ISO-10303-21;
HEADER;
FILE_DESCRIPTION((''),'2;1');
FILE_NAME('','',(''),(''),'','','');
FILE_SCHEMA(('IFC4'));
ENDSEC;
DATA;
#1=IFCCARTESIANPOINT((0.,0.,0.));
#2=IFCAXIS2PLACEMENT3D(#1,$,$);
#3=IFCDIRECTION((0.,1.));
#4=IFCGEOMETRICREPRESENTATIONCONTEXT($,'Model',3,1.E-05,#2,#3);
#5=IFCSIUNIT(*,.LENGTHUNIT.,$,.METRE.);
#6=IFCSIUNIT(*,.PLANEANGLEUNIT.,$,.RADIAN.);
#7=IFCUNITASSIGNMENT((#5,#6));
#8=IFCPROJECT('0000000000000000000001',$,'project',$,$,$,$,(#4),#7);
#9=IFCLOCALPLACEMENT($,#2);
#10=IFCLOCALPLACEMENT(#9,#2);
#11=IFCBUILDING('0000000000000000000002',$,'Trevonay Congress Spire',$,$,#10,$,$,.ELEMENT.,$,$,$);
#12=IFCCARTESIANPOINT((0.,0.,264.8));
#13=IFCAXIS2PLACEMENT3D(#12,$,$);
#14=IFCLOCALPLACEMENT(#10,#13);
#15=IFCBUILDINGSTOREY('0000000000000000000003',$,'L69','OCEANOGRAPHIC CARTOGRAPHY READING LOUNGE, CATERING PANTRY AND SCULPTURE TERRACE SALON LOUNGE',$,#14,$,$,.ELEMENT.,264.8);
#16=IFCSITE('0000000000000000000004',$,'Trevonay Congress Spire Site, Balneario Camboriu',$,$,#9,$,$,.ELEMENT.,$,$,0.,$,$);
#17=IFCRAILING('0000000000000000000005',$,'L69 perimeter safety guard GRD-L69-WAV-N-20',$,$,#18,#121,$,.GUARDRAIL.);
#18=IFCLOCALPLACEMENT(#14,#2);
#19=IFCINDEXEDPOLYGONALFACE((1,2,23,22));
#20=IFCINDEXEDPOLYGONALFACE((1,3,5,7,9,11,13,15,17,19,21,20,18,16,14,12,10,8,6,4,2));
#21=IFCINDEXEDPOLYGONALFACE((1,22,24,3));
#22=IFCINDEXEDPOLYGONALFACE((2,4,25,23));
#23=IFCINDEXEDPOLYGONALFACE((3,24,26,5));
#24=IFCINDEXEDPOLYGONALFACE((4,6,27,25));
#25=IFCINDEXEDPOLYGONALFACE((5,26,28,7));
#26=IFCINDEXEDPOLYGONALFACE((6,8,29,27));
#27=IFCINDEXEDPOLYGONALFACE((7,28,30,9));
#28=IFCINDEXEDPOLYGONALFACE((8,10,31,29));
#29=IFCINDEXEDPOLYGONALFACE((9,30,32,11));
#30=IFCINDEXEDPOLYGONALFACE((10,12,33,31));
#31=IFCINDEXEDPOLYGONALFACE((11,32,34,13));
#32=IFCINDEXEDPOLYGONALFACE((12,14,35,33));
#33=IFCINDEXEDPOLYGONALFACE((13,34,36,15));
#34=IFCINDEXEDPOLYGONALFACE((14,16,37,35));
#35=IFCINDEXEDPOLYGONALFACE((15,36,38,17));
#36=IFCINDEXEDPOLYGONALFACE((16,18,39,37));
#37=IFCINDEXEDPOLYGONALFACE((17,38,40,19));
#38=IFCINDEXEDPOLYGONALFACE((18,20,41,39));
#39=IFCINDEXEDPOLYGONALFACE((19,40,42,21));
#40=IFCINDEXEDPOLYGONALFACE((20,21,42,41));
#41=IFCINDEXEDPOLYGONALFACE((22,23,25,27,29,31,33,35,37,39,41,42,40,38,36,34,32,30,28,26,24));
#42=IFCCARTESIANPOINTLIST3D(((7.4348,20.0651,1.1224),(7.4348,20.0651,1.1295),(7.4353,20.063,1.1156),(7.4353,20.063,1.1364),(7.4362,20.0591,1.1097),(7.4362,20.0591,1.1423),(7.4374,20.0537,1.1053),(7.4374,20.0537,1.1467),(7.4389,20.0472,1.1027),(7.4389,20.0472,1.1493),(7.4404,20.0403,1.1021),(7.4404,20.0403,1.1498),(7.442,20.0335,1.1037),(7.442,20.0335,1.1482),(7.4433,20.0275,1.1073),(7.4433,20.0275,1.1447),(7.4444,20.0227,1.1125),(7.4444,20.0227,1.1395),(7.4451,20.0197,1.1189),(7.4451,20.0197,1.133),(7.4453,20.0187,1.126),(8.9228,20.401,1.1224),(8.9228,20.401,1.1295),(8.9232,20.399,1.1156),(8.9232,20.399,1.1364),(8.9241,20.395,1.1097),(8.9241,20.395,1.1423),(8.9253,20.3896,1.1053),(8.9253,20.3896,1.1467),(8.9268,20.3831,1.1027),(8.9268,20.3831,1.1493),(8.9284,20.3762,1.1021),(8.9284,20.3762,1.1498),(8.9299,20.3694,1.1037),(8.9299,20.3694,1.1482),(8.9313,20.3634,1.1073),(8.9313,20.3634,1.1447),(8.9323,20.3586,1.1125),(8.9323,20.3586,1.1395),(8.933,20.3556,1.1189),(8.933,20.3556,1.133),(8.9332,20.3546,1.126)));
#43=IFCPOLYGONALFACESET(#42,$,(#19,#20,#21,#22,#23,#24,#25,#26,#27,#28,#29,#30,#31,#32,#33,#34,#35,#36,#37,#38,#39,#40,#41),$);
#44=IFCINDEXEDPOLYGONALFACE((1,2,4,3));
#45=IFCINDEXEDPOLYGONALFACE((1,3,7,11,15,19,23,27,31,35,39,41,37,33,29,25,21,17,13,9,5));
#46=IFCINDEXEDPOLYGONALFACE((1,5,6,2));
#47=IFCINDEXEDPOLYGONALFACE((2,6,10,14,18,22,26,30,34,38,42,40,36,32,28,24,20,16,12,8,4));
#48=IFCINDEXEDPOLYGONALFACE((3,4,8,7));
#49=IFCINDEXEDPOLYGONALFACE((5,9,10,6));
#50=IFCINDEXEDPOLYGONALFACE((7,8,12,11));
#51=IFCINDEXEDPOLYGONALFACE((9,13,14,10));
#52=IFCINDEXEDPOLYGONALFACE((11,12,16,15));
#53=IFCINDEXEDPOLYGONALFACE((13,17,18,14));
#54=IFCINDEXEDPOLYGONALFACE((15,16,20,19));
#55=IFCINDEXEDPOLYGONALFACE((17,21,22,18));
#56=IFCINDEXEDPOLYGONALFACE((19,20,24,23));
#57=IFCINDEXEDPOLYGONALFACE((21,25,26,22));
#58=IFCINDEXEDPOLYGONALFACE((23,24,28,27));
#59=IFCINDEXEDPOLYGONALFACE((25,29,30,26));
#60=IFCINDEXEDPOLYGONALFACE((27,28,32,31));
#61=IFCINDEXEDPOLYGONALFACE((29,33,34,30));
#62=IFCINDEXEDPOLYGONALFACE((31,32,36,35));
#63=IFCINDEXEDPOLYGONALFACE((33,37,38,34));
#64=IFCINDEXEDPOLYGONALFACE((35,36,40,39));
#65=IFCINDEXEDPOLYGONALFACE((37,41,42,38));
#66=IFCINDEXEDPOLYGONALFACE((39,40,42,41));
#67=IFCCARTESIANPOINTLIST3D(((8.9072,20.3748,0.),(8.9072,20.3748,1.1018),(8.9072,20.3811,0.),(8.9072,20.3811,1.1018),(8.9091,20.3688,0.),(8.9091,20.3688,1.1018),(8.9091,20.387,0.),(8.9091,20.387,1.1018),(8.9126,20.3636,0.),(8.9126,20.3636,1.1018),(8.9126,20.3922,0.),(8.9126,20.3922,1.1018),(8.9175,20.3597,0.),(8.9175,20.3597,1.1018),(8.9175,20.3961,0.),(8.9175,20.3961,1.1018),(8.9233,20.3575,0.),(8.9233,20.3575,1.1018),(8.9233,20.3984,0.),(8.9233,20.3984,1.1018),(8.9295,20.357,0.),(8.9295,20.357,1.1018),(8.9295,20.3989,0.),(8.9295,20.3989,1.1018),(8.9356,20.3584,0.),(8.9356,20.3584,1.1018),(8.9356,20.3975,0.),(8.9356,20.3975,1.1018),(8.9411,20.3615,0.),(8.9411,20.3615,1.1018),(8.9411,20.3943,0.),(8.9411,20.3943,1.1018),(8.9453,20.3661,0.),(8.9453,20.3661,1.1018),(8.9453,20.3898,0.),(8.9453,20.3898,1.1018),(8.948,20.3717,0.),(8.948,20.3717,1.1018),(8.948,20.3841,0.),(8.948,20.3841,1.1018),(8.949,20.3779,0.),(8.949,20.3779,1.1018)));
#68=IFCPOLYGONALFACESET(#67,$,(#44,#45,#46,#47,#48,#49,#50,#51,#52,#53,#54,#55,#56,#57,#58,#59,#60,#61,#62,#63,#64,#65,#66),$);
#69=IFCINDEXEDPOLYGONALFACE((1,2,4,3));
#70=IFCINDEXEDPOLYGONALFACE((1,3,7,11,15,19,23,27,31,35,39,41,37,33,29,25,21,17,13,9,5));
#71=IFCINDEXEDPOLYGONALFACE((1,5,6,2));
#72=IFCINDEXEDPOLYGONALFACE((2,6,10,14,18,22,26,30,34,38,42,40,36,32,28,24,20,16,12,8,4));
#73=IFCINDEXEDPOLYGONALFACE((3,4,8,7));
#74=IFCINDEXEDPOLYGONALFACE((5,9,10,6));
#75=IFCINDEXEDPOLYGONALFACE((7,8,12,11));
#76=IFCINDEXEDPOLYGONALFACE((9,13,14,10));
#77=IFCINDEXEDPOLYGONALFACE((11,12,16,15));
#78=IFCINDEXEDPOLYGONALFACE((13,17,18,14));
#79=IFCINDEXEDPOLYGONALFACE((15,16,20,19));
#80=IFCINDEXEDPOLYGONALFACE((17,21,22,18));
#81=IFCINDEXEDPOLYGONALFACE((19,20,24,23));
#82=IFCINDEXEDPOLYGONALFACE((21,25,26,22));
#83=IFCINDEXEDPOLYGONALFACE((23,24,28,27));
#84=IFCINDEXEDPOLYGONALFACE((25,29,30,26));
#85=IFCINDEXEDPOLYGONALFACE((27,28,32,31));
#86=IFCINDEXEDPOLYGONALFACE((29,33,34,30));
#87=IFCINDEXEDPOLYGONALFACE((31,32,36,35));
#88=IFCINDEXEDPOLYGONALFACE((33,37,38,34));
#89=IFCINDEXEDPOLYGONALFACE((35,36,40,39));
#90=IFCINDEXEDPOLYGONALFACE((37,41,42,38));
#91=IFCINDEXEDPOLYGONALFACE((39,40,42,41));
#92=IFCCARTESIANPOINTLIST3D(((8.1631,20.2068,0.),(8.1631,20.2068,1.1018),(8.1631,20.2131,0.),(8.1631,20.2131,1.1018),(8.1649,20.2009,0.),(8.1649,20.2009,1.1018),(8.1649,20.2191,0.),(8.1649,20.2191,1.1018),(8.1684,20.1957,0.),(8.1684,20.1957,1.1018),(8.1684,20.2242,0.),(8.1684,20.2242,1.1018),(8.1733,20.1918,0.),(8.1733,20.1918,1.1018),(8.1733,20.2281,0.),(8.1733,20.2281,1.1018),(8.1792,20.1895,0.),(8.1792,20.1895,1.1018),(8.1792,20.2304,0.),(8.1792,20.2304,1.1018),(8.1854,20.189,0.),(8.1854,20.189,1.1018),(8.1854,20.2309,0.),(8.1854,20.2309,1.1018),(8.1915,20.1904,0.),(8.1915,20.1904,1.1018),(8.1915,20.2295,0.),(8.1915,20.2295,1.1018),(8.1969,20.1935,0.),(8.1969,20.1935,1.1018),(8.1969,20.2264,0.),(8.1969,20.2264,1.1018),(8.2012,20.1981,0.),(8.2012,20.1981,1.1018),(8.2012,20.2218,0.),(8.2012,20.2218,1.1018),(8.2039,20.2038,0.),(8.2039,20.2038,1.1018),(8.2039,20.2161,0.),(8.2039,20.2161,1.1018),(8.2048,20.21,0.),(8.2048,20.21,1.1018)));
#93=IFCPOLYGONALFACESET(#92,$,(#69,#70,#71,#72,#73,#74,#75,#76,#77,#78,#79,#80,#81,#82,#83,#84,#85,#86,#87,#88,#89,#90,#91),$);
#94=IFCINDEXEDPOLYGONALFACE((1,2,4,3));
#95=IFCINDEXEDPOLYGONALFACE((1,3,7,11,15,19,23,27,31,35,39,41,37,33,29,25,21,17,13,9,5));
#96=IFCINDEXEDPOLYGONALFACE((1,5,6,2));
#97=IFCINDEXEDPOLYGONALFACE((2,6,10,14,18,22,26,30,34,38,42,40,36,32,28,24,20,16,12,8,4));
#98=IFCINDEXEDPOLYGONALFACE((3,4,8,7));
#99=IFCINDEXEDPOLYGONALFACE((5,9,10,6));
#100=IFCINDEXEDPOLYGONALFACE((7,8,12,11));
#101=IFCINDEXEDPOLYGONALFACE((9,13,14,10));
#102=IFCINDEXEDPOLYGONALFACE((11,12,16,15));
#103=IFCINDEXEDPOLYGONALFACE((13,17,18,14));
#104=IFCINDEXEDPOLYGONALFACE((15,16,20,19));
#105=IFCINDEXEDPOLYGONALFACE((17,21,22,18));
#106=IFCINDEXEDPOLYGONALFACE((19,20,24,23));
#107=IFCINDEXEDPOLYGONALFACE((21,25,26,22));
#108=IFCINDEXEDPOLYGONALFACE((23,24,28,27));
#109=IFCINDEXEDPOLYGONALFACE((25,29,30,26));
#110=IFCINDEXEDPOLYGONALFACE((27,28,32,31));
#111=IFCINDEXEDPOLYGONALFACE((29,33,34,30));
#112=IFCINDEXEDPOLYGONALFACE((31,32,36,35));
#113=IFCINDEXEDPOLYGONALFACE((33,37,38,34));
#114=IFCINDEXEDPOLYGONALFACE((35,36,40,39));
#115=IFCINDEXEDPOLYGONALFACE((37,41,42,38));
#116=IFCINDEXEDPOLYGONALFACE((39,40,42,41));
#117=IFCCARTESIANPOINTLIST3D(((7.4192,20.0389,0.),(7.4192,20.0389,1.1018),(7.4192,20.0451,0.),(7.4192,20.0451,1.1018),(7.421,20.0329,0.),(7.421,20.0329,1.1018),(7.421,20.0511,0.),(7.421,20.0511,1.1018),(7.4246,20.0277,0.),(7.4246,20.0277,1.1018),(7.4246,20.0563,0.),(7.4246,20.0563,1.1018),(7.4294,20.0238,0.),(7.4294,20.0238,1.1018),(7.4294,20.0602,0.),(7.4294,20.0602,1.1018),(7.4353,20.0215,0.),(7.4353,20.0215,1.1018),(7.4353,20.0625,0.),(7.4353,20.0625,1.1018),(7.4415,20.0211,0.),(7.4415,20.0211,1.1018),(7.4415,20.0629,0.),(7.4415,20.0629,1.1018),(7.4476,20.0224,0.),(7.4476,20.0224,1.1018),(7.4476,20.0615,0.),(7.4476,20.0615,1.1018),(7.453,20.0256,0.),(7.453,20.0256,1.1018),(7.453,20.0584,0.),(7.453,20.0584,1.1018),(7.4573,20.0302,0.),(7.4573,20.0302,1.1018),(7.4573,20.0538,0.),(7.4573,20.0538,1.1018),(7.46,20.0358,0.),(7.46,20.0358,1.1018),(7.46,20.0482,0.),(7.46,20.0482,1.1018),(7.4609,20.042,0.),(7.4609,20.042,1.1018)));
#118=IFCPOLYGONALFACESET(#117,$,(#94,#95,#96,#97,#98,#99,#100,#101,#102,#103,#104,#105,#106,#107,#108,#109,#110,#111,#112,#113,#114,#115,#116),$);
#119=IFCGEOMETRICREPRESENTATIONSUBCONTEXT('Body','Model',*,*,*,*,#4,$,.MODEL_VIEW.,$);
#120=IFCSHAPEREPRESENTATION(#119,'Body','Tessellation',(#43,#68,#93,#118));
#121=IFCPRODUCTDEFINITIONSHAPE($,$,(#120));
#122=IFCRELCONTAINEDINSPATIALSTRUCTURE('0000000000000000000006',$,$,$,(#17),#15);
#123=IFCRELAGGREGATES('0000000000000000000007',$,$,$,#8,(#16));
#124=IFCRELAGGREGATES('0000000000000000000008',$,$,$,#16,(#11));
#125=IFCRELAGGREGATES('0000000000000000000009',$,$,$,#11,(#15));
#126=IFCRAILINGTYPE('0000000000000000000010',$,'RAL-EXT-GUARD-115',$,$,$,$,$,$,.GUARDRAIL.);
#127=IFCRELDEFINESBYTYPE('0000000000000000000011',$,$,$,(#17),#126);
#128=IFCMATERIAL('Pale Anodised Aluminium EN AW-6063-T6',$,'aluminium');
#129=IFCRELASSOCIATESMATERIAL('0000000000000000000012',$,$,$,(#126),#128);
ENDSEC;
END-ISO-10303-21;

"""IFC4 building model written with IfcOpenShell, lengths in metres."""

from ifc_helpers import new_model, si_unit, direction, frame, origin, origin_2d, place, context, subcontext, project, spatial, circle, extrude, material, type_object, element, save


model = new_model("IFC4")

# Units and contexts
model_context = context("Model", 3, precision=1e-05, world=origin(), true_north=direction((0.0, 1.0)))
body_context = subcontext(model_context, "Body", "Model", "MODEL_VIEW")
ifc_project = project(units=[si_unit("LENGTHUNIT", "METRE"), si_unit("PLANEANGLEUNIT", "RADIAN")], contexts=[model_context])

# Site, building, storey
site_placement = place(None, origin())
site = spatial("IfcSite", under=ifc_project, at=site_placement, Name="Trevonay Congress Spire Site, Balneario Camboriu", CompositionType="ELEMENT", RefElevation=0.0)
building_placement = place(site_placement, origin())
building = spatial("IfcBuilding", under=site, at=building_placement, Name="Trevonay Congress Spire", CompositionType="ELEMENT")
storey_placement = place(building_placement, frame((0.0, 0.0, 264.8)))
storey = spatial("IfcBuildingStorey", under=building, at=storey_placement, Name="L69", Description="OCEANOGRAPHIC CARTOGRAPHY READING LOUNGE, CATERING PANTRY AND SCULPTURE TERRACE SALON LOUNGE", CompositionType="ELEMENT", Elevation=264.8)

# Shared definitions
ifc_material_1 = material(Name="Pale Anodised Aluminium EN AW-6063-T6", Category="aluminium")

# Railing
railing_type = type_object("IfcRailingType", Name="RAL-EXT-GUARD-115", PredefinedType="GUARDRAIL", material=ifc_material_1)
railing_1_placement = place(storey_placement, frame((8.928, 20.3779, 0.0)))
element("IfcRailing", 1, at=railing_1_placement, inside=storey, type_object=railing_type, Name="L69 perimeter safety guard GRD-L69-WAV-N-20", PredefinedType="GUARDRAIL", context=body_context, shape_type="SweptSolid", body=[
    extrude(circle(Radius=0.0239, at=origin_2d()), frame((0.0, 0.0, 1.126), z_axis=(-0.975451, -0.220217, 0.0), x_axis=(0.220217, -0.975451, 0.0)), (0.0, 0.0, 1.0), 1.5254),
    extrude(circle(Radius=0.021, at=origin_2d()), origin(), (0.0, 0.0, 1.0), 1.1018),
    extrude(circle(Radius=0.021, at=origin_2d()), frame((-0.7441, -0.168, 0.0)), (0.0, 0.0, 1.0), 1.1018),
    extrude(circle(Radius=0.021, at=origin_2d()), frame((-1.488, -0.3359, 0.0)), (0.0, 0.0, 1.0), 1.1018),
])

save(model, "model.ifc")
